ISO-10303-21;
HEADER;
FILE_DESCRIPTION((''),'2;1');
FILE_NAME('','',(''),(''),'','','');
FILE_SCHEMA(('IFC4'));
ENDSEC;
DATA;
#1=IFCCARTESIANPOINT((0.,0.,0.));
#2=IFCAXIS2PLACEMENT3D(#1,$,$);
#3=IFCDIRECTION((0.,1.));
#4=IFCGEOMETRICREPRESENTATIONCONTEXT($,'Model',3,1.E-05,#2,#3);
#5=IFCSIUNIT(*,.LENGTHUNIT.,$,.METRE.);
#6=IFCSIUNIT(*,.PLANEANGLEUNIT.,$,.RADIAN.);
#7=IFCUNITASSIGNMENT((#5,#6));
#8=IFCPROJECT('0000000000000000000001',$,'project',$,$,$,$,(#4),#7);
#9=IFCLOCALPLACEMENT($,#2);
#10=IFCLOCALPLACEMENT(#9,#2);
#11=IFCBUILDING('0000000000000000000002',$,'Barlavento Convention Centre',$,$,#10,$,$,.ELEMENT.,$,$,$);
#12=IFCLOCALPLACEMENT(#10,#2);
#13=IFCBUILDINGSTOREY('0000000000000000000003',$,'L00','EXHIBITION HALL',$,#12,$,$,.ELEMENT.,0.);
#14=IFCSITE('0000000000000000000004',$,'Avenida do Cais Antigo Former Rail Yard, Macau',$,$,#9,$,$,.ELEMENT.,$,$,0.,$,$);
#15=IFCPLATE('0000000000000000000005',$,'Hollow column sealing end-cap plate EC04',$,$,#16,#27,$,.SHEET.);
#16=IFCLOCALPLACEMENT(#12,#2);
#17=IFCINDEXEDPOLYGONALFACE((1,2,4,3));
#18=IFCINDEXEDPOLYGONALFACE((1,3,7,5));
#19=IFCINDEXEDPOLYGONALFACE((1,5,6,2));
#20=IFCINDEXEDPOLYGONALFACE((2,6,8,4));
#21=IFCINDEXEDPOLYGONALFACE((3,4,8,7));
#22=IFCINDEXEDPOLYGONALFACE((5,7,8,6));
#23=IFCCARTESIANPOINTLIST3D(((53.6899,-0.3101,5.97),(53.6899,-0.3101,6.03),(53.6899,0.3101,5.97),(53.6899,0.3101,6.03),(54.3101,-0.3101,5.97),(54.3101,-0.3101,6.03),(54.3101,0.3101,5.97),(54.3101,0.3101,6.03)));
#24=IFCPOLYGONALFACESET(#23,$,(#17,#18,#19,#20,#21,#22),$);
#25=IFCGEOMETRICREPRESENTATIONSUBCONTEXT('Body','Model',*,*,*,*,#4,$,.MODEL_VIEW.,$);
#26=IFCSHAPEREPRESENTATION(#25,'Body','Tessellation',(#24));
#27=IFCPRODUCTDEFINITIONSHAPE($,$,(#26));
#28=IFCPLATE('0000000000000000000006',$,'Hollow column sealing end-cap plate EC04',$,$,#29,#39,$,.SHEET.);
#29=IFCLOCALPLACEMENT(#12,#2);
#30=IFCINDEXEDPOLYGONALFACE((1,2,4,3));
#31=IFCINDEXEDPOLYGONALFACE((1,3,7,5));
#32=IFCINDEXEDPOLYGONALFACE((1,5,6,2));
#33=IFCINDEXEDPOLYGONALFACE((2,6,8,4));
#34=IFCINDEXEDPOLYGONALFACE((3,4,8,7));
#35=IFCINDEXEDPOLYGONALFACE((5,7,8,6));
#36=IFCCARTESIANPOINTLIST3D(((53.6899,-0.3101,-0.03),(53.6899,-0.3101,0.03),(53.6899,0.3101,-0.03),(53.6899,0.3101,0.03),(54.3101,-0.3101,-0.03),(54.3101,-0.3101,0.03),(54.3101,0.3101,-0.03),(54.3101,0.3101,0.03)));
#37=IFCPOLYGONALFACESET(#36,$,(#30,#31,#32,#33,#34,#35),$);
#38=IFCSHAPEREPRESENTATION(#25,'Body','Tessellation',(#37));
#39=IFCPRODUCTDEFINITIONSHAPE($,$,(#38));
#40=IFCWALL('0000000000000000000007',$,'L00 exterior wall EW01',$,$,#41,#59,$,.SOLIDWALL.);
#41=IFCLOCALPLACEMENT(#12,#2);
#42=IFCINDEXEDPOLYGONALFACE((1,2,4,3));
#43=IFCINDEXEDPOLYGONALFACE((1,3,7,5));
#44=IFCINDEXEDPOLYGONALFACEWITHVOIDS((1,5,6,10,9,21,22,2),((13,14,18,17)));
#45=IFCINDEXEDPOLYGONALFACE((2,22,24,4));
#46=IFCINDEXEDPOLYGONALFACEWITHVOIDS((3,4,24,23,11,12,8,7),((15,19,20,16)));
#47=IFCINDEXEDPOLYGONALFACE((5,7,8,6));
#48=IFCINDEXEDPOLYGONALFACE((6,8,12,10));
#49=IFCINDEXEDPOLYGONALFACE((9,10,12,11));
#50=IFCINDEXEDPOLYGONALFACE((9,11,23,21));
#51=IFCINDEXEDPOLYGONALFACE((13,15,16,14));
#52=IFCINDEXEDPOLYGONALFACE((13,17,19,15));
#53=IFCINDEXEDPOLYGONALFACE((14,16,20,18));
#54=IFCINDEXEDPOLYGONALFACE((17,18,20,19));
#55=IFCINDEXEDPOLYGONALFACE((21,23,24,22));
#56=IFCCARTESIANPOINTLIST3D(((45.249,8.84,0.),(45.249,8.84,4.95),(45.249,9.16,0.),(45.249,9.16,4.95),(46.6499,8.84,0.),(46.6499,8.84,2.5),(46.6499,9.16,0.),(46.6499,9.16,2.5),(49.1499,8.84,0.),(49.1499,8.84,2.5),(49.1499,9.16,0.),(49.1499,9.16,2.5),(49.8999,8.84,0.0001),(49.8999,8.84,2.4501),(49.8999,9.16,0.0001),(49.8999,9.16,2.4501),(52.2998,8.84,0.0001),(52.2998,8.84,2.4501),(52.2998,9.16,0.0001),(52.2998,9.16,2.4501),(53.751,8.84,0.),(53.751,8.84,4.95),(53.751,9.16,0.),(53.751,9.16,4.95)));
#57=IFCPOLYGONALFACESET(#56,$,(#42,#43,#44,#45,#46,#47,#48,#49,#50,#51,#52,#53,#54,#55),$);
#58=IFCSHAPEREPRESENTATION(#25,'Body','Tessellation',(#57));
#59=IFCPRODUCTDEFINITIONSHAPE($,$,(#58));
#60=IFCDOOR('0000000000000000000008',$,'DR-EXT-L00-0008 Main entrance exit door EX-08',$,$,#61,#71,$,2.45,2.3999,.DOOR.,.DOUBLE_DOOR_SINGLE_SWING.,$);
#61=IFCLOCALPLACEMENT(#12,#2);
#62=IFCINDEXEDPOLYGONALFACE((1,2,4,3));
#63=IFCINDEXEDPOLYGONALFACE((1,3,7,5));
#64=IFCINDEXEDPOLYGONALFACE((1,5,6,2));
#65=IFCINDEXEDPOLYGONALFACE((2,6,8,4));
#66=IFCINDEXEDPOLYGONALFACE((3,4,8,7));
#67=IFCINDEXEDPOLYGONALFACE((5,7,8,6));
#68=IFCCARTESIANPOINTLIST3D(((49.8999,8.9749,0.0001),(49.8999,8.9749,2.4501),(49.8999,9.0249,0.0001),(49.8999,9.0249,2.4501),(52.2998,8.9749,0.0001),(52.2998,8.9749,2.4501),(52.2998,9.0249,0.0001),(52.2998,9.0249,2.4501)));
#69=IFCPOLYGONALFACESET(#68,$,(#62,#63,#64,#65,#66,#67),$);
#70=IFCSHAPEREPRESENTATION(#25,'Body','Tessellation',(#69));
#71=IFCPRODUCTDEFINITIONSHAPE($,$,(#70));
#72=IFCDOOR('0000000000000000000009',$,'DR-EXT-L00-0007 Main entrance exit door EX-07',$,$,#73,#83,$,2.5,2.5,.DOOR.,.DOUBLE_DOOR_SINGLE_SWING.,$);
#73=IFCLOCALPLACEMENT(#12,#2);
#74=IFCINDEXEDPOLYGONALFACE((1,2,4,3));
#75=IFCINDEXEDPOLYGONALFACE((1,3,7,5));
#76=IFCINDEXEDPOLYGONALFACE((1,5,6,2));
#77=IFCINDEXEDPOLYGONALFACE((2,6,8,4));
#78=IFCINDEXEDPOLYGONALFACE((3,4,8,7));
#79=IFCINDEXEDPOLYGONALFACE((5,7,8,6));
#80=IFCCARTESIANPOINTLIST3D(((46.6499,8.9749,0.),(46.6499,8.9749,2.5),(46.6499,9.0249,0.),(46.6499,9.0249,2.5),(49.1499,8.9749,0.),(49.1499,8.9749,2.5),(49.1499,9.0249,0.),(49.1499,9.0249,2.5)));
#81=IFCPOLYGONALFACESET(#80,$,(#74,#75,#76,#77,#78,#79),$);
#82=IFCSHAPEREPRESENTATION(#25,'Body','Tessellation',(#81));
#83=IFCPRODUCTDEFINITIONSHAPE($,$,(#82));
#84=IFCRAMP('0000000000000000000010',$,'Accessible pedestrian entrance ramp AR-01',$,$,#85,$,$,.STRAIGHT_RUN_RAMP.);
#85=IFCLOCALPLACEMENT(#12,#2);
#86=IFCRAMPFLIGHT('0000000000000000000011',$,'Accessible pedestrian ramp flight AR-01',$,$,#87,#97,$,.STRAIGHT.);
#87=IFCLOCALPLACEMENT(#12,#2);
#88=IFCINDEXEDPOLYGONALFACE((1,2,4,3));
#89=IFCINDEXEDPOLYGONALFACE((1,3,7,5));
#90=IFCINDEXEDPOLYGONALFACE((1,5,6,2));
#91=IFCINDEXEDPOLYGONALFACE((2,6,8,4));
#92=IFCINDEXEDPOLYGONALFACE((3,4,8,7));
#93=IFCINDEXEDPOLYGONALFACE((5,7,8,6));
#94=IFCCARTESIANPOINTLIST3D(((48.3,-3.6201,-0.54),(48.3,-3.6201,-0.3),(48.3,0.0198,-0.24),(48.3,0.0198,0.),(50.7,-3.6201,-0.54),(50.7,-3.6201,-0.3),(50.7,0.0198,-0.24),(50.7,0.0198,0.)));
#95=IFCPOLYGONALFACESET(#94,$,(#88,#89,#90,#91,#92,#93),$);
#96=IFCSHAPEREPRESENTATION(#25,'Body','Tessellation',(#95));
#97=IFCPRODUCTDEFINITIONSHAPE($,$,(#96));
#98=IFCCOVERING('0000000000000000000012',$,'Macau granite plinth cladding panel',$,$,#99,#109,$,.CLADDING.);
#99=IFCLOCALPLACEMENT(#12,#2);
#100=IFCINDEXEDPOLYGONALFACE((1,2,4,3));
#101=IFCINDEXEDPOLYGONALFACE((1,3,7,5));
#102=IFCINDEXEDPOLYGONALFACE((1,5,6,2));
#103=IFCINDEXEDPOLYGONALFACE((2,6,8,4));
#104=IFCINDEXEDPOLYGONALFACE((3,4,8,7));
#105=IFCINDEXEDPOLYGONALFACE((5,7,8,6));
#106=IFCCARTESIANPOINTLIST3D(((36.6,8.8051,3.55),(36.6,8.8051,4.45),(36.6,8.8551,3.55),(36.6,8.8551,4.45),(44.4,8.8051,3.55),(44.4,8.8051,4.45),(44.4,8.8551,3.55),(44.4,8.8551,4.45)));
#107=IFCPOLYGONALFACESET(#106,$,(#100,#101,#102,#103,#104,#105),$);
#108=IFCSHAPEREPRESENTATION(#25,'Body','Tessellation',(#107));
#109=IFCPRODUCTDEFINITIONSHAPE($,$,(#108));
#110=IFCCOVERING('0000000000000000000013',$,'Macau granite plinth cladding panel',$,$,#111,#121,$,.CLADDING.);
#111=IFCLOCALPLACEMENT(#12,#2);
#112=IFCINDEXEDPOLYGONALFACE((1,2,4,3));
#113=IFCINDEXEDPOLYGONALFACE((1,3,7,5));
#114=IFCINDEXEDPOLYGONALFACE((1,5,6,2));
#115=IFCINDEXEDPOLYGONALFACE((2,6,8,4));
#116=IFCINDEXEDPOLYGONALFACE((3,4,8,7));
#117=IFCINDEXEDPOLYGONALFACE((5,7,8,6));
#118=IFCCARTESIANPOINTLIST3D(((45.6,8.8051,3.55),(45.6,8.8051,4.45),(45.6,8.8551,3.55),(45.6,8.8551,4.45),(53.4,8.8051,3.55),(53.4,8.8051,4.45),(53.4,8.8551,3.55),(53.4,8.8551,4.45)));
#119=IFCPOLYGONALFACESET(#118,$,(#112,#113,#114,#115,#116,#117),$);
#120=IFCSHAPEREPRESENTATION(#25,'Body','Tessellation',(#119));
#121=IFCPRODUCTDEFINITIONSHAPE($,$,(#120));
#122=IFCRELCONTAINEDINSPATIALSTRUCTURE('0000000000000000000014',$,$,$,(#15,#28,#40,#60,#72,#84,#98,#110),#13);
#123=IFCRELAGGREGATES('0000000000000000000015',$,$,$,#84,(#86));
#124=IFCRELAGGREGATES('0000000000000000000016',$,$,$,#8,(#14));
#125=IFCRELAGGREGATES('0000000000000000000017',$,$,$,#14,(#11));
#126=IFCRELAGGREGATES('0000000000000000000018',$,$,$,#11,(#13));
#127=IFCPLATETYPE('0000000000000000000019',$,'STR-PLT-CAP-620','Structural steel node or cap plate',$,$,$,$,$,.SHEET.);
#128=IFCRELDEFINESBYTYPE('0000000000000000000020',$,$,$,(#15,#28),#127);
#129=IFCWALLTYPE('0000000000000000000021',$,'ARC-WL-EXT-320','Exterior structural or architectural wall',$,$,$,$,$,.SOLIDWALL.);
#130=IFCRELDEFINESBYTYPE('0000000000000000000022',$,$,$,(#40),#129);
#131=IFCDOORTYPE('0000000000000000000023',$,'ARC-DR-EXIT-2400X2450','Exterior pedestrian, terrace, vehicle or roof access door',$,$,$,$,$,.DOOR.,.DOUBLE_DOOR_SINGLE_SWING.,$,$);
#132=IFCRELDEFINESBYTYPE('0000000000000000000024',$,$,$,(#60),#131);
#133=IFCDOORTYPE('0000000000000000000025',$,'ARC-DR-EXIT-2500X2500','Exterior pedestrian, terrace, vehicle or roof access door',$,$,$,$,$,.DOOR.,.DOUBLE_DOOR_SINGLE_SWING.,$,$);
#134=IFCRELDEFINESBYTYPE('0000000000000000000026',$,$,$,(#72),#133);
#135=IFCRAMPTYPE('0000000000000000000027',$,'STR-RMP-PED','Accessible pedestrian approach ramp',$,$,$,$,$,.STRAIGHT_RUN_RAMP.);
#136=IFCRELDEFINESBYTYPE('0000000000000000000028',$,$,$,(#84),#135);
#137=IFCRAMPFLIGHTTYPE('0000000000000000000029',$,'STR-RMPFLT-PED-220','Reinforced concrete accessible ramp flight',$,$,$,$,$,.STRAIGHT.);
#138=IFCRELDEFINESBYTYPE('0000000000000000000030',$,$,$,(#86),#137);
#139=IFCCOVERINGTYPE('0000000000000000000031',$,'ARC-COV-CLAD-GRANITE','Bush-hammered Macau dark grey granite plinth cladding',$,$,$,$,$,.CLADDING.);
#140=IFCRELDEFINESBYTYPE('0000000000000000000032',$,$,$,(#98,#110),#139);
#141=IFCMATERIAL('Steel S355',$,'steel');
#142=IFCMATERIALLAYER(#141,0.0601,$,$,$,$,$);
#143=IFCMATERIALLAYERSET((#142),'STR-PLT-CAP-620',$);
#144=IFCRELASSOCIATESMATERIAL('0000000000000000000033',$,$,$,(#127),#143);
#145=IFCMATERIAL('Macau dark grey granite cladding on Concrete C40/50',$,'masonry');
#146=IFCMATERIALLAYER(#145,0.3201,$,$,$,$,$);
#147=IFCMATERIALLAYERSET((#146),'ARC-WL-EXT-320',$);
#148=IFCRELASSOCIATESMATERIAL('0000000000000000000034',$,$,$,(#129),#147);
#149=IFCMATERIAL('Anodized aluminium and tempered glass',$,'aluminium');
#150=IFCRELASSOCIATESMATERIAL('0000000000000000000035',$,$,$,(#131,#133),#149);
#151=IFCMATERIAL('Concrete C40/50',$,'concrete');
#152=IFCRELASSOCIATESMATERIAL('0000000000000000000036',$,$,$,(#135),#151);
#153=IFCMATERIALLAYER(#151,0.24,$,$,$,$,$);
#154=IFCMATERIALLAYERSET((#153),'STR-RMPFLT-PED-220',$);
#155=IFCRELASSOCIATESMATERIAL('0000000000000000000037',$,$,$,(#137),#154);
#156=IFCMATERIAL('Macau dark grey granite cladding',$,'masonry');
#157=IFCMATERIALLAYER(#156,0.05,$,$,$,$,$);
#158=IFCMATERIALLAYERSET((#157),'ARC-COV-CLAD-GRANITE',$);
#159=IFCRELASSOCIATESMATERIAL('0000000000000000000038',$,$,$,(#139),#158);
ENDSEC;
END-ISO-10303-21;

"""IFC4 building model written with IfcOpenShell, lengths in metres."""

from ifc_helpers import new_model, si_unit, direction, frame, frame_2d, origin, origin_2d, place, context, subcontext, project, spatial, polyline, rectangle, outline, extrude, material, layer, layer_set, type_object, element, fill, aggregate, save


model = new_model("IFC4")

# Units and contexts
model_context = context("Model", 3, precision=1e-05, world=origin(), true_north=direction((0.0, 1.0)))
body_context = subcontext(model_context, "Body", "Model", "MODEL_VIEW")
ifc_project = project(units=[si_unit("LENGTHUNIT", "METRE"), si_unit("PLANEANGLEUNIT", "RADIAN")], contexts=[model_context])

# Site, building, storey
site_placement = place(None, origin())
site = spatial("IfcSite", under=ifc_project, at=site_placement, Name="Avenida do Cais Antigo Former Rail Yard, Macau", CompositionType="ELEMENT", RefElevation=0.0)
building_placement = place(site_placement, origin())
building = spatial("IfcBuilding", under=site, at=building_placement, Name="Barlavento Convention Centre", CompositionType="ELEMENT")
storey_placement = place(building_placement, origin())
storey = spatial("IfcBuildingStorey", under=building, at=storey_placement, Name="L00", Description="EXHIBITION HALL", CompositionType="ELEMENT", Elevation=0.0)

# Shared definitions
ifc_material_1 = material(Name="Steel S355", Category="steel")

# Plates
ifc_layer_1 = layer(ifc_material_1, 0.0601)
ifc_layer_set_1 = layer_set([ifc_layer_1], Name="STR-PLT-CAP-620")
plate_type = type_object("IfcPlateType", Name="STR-PLT-CAP-620", Description="Structural steel node or cap plate", PredefinedType="SHEET", material=ifc_layer_set_1)
for number, where, z_axis, x_axis, name in (
    (1, (54.0, 0.0, 5.97), (0.0, 0.0, 1.0), (1.0, 0.0, 0.0), "Hollow column sealing end-cap plate EC04"),
    (2, (54.0, 0.0, -0.03), (0.0, 0.0, 1.0), (1.0, 0.0, 0.0), "Hollow column sealing end-cap plate EC04"),
):
    element("IfcPlate", number, at=place(storey_placement, frame(where, z_axis=z_axis, x_axis=x_axis)), inside=storey, type_object=plate_type, Name=name, PredefinedType="SHEET", context=body_context, shape_type="SweptSolid", body=[
        extrude(rectangle(XDim=0.6201, YDim=0.6201, at=origin_2d()), origin(), (0.0, 0.0, 1.0), 0.0601),
    ])

# Wall, openings, doors
ifc_material_2 = material(Name="Macau dark grey granite cladding on Concrete C40/50", Category="masonry")
ifc_layer_2 = layer(ifc_material_2, 0.3201)
ifc_layer_set_2 = layer_set([ifc_layer_2], Name="ARC-WL-EXT-320")
wall_type = type_object("IfcWallType", Name="ARC-WL-EXT-320", Description="Exterior structural or architectural wall", PredefinedType="SOLIDWALL", material=ifc_layer_set_2)
wall_placement = place(storey_placement, frame((45.249, 9.0, 0.0), z_axis=(0.0, 0.0, 1.0), x_axis=(1.0, 0.0, 0.0)))
wall = element("IfcWall", 3, at=wall_placement, inside=storey, type_object=wall_type, Name="L00 exterior wall EW01", PredefinedType="SOLIDWALL", context=body_context, shape_type="SweptSolid", body=[
    extrude(rectangle(XDim=8.502, YDim=0.3201, at=frame_2d((4.251, 0.0))), origin(), (0.0, 0.0, 1.0), 4.95),
])
opening_1_placement = place(wall_placement, frame((1.4009, 0.0, 0.0)))
opening_1 = element("IfcOpeningElement", 4, at=opening_1_placement, cuts=wall, PredefinedType="OPENING", context=body_context, shape_type="SweptSolid", body=[
    extrude(rectangle(XDim=2.5, YDim=2.5, at=frame_2d((1.25, 1.25))), frame((0.0, 0.1699, 0.0), z_axis=(0.0, -1.0, 0.0), x_axis=(1.0, 0.0, 0.0)), (0.0, 0.0, 1.0), 0.3401),
])
opening_2_placement = place(wall_placement, frame((4.6509, 0.0, 0.0)))
opening_2 = element("IfcOpeningElement", 5, at=opening_2_placement, cuts=wall, PredefinedType="OPENING", context=body_context, shape_type="SweptSolid", body=[
    extrude(rectangle(XDim=2.3999, YDim=2.45, at=frame_2d((1.2, 1.2251))), frame((0.0, 0.1699, 0.0), z_axis=(0.0, -1.0, 0.0), x_axis=(1.0, 0.0, 0.0)), (0.0, 0.0, 1.0), 0.3401),
])
ifc_material_3 = material(Name="Anodized aluminium and tempered glass", Category="aluminium")
door_type_1 = type_object("IfcDoorType", Name="ARC-DR-EXIT-2400X2450", Description="Exterior pedestrian, terrace, vehicle or roof access door", OperationType="DOUBLE_DOOR_SINGLE_SWING", PredefinedType="DOOR", material=ifc_material_3)
door_1_placement = place(opening_2_placement, origin())
door_1 = element("IfcDoor", 6, at=door_1_placement, inside=storey, type_object=door_type_1, Name="DR-EXT-L00-0008 Main entrance exit door EX-08", OperationType="DOUBLE_DOOR_SINGLE_SWING", OverallHeight=2.45, OverallWidth=2.3999, PredefinedType="DOOR", context=body_context, shape_type="SweptSolid", body=[
    extrude(rectangle(XDim=2.3999, YDim=2.45, at=frame_2d((1.2, 1.2251))), frame((0.0, 0.0249, 0.0), z_axis=(0.0, -1.0, 0.0), x_axis=(1.0, 0.0, 0.0)), (0.0, 0.0, 1.0), 0.05),
])
fill(opening_2, door_1)
door_type_2 = type_object("IfcDoorType", Name="ARC-DR-EXIT-2500X2500", Description="Exterior pedestrian, terrace, vehicle or roof access door", OperationType="DOUBLE_DOOR_SINGLE_SWING", PredefinedType="DOOR", material=ifc_material_3)
door_2_placement = place(opening_1_placement, origin())
door_2 = element("IfcDoor", 7, at=door_2_placement, inside=storey, type_object=door_type_2, Name="DR-EXT-L00-0007 Main entrance exit door EX-07", OperationType="DOUBLE_DOOR_SINGLE_SWING", OverallHeight=2.5, OverallWidth=2.5, PredefinedType="DOOR", context=body_context, shape_type="SweptSolid", body=[
    extrude(rectangle(XDim=2.5, YDim=2.5, at=frame_2d((1.25, 1.25))), frame((0.0, 0.0249, 0.0), z_axis=(0.0, -1.0, 0.0), x_axis=(1.0, 0.0, 0.0)), (0.0, 0.0, 1.0), 0.05),
])
fill(opening_1, door_2)

# Ramp, ramp flight
ifc_material_4 = material(Name="Concrete C40/50", Category="concrete")
ramp_type = type_object("IfcRampType", Name="STR-RMP-PED", Description="Accessible pedestrian approach ramp", PredefinedType="STRAIGHT_RUN_RAMP", material=ifc_material_4)
ramp_placement = place(storey_placement, origin())
ramp = element("IfcRamp", 8, at=ramp_placement, inside=storey, type_object=ramp_type, Name="Accessible pedestrian entrance ramp AR-01", PredefinedType="STRAIGHT_RUN_RAMP")
ifc_layer_3 = layer(ifc_material_4, 0.24)
ifc_layer_set_3 = layer_set([ifc_layer_3], Name="STR-RMPFLT-PED-220")
ramp_flight_type = type_object("IfcRampFlightType", Name="STR-RMPFLT-PED-220", Description="Reinforced concrete accessible ramp flight", PredefinedType="STRAIGHT", material=ifc_layer_set_3)
ramp_flight_placement = place(storey_placement, frame((49.5, -3.6201, -0.3), z_axis=(0.0, 0.0, 1.0), x_axis=(0.0, 1.0, 0.0)))
ramp_flight = element("IfcRampFlight", 9, at=ramp_flight_placement, type_object=ramp_flight_type, Name="Accessible pedestrian ramp flight AR-01", PredefinedType="STRAIGHT", context=body_context, shape_type="SweptSolid", body=[
    extrude(outline(polyline([(0.0, -0.24), (3.6399, 0.0601), (3.6399, 0.3), (0.0, 0.0), (0.0, -0.24)])), frame((0.0, 1.2, 0.0), z_axis=(0.0, -1.0, 0.0), x_axis=(1.0, 0.0, 0.0)), (0.0, 0.0, 1.0), 2.3999),
])
aggregate(ramp, [ramp_flight])

# Coverings
ifc_material_5 = material(Name="Macau dark grey granite cladding", Category="masonry")
ifc_layer_4 = layer(ifc_material_5, 0.05)
ifc_layer_set_4 = layer_set([ifc_layer_4], Name="ARC-COV-CLAD-GRANITE")
covering_type = type_object("IfcCoveringType", Name="ARC-COV-CLAD-GRANITE", Description="Bush-hammered Macau dark grey granite plinth cladding", PredefinedType="CLADDING", material=ifc_layer_set_4)
for number, where, z_axis, x_axis, name in (
    (10, (40.5, 8.8301, 3.55), (0.0, 0.0, 1.0), (1.0, 0.0, 0.0), "Macau granite plinth cladding panel"),
    (11, (49.5, 8.8301, 3.55), (0.0, 0.0, 1.0), (1.0, 0.0, 0.0), "Macau granite plinth cladding panel"),
):
    element("IfcCovering", number, at=place(storey_placement, frame(where, z_axis=z_axis, x_axis=x_axis)), inside=storey, type_object=covering_type, Name=name, PredefinedType="CLADDING", context=body_context, shape_type="SweptSolid", body=[
        extrude(rectangle(XDim=7.8, YDim=0.05, at=origin_2d()), origin(), (0.0, 0.0, 1.0), 0.8999),
    ])

save(model, "model.ifc")
